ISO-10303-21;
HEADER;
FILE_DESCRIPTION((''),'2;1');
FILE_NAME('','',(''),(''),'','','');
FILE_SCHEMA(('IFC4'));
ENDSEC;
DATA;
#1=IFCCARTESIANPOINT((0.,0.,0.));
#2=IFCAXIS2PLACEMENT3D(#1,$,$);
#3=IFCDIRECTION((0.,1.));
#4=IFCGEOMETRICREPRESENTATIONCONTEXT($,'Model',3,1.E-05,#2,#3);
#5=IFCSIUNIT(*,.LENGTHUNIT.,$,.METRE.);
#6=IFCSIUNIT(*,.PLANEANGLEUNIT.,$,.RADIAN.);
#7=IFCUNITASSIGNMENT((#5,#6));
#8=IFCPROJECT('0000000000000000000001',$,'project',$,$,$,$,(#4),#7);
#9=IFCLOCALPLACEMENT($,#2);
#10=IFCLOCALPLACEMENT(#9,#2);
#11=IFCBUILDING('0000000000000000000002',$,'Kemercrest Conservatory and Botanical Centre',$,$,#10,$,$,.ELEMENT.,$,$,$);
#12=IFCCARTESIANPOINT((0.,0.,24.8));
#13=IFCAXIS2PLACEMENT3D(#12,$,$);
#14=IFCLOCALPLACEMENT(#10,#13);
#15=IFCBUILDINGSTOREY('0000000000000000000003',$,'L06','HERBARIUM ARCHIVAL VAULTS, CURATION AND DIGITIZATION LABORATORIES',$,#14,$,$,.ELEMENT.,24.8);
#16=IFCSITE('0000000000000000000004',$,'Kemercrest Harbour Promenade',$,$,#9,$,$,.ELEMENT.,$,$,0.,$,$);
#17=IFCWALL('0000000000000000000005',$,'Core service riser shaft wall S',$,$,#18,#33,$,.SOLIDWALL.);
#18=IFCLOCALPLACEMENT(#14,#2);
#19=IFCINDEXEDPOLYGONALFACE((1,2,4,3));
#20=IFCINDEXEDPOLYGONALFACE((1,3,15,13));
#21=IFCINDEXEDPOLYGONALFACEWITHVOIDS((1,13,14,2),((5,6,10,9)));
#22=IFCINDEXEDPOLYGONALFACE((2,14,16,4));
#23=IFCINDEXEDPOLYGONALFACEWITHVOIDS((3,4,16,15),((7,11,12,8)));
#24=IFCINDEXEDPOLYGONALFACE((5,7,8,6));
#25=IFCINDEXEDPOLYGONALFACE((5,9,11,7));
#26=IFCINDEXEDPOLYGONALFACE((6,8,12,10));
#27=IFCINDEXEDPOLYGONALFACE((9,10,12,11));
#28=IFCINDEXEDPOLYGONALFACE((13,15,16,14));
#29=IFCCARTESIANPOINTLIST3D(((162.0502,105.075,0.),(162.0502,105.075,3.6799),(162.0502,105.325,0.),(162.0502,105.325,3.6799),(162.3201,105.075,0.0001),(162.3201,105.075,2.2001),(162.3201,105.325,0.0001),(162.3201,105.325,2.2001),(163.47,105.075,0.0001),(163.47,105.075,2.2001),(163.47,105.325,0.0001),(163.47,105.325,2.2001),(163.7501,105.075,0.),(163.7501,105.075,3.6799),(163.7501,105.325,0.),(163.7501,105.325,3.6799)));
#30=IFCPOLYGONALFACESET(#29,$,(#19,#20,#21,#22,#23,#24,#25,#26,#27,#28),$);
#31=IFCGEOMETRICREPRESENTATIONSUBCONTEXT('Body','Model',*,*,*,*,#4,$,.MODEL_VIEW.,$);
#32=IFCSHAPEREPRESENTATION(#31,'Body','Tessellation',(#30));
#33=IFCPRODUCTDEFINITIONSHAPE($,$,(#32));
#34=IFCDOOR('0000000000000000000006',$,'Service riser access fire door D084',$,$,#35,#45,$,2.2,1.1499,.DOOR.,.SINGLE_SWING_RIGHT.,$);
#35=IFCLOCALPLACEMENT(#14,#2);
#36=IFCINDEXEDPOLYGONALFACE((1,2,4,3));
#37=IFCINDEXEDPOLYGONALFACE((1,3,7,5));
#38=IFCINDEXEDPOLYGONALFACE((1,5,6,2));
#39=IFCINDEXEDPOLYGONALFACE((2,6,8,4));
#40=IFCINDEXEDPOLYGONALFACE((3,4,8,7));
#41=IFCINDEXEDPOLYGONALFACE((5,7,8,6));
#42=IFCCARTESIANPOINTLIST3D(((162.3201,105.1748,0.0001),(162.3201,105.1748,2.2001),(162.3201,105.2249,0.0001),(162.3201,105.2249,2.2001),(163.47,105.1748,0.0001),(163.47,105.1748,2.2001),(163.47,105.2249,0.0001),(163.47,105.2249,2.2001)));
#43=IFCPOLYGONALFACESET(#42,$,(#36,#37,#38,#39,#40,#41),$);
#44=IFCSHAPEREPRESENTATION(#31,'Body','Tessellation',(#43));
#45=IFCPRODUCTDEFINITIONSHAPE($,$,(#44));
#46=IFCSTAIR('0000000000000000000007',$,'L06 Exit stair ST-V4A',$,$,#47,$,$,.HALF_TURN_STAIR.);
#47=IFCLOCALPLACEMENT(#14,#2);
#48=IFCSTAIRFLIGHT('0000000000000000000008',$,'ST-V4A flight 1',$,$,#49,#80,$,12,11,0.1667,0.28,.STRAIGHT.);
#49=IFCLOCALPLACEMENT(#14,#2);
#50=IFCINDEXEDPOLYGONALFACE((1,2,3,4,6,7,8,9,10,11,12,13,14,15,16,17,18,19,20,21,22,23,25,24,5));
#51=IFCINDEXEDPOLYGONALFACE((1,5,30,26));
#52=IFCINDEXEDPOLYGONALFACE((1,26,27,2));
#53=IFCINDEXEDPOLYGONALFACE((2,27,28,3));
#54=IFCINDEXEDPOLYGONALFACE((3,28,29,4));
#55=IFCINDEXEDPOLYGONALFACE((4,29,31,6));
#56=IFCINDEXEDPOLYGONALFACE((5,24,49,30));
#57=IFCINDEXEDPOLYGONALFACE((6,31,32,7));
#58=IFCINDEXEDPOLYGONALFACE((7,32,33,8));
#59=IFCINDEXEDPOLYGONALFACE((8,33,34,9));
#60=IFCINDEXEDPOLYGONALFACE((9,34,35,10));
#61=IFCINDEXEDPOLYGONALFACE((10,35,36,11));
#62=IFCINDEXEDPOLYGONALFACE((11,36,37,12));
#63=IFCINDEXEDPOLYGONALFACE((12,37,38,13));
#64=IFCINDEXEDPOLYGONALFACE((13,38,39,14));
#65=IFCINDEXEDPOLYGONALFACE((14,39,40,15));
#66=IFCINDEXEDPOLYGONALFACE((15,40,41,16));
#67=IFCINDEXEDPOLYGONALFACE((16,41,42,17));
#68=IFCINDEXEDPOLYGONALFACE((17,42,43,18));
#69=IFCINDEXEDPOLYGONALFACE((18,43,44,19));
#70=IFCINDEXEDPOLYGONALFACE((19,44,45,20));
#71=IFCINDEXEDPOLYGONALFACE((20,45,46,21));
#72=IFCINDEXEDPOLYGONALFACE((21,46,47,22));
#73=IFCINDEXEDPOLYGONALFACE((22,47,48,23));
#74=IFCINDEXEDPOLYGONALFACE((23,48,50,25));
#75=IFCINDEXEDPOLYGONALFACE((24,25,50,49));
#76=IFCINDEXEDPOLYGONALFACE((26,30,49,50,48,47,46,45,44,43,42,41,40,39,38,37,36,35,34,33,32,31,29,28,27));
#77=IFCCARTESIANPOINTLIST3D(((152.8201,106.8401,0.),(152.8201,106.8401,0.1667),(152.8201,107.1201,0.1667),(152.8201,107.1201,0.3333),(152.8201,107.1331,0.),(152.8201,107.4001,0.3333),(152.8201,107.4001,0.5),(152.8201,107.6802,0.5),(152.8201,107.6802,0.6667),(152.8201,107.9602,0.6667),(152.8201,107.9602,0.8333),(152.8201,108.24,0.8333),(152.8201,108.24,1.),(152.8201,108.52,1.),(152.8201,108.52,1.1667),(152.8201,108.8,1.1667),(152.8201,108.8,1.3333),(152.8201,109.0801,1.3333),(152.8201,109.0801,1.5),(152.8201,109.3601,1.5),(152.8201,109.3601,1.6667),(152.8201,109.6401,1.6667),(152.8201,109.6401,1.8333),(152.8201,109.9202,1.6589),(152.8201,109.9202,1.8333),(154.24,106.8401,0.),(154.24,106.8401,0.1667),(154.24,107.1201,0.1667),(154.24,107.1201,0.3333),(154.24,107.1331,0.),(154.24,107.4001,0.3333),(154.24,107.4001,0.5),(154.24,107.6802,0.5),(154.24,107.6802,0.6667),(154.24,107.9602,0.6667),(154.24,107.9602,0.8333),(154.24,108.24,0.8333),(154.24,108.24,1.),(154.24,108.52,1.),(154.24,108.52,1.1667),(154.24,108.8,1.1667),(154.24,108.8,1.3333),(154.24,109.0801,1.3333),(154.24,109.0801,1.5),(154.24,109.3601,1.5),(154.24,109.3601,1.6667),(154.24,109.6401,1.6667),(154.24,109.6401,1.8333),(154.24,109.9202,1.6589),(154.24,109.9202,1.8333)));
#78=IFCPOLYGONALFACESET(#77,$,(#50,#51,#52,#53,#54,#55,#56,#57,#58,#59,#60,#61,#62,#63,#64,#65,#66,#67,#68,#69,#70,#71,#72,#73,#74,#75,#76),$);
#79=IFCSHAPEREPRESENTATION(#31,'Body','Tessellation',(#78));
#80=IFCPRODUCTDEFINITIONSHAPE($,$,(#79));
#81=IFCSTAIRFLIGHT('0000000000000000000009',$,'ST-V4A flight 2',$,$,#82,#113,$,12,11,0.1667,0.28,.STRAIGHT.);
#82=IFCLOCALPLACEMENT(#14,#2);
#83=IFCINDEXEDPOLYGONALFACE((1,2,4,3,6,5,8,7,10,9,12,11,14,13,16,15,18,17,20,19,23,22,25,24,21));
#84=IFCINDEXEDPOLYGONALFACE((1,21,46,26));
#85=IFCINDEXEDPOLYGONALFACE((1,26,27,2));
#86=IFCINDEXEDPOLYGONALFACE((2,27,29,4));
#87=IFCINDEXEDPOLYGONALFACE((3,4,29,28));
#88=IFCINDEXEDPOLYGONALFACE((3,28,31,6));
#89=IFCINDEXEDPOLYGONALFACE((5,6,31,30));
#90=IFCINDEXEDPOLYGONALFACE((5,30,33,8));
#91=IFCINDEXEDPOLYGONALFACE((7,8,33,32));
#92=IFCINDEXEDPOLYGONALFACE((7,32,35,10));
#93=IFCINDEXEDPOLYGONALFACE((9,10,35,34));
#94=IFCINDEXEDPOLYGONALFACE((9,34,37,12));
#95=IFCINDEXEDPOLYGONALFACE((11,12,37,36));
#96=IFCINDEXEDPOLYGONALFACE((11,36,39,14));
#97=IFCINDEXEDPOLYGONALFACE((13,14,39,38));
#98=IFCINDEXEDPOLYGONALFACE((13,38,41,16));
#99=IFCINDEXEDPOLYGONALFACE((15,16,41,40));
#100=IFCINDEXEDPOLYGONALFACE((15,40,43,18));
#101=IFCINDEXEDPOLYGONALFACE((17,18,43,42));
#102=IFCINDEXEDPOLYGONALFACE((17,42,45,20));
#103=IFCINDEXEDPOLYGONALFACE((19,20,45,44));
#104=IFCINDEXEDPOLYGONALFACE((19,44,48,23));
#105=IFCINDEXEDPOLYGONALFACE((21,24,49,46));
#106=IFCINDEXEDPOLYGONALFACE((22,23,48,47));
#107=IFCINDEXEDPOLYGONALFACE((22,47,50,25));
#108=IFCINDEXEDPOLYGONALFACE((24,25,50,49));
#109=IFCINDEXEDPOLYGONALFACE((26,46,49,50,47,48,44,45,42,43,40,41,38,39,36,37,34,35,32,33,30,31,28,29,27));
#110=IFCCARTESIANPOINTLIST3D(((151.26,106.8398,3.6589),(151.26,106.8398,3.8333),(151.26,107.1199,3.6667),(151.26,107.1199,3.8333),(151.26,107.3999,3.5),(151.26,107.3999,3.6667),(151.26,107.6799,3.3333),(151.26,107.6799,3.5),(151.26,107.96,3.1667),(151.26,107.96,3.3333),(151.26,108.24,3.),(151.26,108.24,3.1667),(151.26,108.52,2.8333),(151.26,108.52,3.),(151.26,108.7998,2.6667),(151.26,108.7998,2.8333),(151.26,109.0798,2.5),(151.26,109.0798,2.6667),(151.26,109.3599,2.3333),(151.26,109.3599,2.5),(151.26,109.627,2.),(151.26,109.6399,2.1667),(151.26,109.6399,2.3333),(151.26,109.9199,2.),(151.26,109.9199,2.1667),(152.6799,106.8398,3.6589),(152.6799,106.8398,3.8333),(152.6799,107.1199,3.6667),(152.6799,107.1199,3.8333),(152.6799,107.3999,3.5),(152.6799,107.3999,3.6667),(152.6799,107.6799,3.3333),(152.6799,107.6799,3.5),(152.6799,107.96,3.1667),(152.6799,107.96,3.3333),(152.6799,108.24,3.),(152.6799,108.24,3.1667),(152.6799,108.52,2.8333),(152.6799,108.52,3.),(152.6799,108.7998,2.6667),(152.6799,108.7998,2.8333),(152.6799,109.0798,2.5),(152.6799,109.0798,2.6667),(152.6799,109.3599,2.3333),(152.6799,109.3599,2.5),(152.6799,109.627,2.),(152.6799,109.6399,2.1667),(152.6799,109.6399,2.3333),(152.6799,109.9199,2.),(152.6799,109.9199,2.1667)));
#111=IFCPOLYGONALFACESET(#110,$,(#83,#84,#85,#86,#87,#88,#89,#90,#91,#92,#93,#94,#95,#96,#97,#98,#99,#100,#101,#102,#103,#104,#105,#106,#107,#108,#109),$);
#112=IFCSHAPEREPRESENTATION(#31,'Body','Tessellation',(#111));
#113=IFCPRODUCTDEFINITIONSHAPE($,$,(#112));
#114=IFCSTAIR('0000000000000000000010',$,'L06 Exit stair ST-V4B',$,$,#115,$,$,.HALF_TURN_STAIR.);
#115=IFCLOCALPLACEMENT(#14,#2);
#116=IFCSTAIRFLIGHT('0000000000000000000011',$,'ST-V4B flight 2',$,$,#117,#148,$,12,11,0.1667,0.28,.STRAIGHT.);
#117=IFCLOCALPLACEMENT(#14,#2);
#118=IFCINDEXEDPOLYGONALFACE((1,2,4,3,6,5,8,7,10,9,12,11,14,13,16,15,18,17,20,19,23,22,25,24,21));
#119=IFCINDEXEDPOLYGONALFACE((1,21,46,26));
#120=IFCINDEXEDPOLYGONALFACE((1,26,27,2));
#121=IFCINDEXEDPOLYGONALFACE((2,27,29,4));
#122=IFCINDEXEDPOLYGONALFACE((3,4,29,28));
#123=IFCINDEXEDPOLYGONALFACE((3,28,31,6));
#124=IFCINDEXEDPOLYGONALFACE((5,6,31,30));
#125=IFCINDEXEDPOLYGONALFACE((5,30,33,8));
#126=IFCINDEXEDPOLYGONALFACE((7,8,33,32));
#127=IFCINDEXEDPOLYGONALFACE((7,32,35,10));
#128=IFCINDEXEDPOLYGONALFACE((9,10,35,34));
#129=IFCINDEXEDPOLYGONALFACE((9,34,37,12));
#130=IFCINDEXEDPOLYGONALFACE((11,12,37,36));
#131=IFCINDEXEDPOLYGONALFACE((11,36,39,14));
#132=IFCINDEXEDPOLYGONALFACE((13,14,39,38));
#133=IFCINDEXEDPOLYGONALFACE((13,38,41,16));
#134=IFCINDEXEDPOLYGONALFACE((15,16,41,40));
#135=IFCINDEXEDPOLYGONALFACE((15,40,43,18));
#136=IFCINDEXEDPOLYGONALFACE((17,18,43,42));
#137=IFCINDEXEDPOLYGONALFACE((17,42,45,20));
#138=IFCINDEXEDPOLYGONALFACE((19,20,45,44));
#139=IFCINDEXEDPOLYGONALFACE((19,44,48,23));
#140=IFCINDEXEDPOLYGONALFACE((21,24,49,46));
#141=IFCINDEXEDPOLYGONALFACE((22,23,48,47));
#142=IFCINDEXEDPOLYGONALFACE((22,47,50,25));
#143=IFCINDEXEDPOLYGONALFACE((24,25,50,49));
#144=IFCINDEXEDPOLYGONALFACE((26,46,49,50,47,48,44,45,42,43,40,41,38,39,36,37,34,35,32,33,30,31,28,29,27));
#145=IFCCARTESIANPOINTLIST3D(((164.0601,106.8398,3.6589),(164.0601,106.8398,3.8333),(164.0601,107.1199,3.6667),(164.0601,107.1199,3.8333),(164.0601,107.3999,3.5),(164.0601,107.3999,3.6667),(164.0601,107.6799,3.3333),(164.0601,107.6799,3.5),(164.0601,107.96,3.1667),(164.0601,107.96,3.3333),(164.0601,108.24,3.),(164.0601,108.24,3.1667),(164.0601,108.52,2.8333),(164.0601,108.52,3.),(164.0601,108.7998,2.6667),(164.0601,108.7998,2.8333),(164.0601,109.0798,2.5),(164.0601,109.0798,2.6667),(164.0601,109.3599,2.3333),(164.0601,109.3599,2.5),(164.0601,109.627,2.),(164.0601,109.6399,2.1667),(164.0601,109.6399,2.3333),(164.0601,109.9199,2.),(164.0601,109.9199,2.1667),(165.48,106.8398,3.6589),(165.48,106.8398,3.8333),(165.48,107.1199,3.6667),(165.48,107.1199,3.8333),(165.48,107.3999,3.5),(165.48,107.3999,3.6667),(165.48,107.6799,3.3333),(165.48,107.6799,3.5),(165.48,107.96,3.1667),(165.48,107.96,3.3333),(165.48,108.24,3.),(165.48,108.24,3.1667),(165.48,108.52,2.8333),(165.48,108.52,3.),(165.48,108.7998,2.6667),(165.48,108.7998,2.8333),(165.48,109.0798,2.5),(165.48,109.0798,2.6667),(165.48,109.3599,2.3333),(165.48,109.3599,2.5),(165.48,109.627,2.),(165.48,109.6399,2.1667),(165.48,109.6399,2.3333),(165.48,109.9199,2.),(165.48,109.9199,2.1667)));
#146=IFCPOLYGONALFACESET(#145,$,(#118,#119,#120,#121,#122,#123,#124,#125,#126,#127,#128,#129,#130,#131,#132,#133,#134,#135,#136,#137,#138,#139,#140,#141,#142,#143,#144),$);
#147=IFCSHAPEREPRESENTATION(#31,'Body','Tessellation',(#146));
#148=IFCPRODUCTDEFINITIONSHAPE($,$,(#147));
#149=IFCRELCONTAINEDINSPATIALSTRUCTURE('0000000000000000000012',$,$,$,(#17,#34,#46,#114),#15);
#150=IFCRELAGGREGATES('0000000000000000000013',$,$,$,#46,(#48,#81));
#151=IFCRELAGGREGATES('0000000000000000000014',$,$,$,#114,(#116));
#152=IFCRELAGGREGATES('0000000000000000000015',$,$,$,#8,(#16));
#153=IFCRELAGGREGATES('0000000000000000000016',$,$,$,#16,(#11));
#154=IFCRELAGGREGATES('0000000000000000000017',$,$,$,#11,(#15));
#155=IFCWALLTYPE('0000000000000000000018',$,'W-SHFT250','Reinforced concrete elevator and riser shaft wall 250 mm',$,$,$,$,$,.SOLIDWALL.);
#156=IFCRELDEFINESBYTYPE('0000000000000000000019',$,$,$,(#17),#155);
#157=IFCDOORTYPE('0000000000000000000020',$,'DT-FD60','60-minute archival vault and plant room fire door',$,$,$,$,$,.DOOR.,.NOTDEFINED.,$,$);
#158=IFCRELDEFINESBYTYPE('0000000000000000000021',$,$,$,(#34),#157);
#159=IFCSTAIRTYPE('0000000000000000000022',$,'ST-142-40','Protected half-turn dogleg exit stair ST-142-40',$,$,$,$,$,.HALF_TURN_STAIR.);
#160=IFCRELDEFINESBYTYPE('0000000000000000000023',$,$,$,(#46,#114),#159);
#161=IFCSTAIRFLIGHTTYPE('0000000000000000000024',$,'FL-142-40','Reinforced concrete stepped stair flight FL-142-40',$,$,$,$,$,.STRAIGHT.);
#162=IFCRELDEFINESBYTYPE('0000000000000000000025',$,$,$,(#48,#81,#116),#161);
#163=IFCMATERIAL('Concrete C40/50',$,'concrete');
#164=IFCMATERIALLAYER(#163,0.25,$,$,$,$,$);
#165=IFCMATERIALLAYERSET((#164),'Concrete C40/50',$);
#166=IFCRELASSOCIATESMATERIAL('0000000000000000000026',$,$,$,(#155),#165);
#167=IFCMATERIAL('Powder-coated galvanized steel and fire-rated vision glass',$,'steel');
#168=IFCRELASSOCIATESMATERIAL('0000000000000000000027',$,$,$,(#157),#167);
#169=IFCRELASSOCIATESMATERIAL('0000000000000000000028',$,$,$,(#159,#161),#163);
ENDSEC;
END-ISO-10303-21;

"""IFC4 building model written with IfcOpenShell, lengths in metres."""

from ifc_helpers import new_model, si_unit, direction, frame, frame_2d, origin, place, context, subcontext, project, spatial, polyline, rectangle, outline, extrude, material, layer, layer_set, type_object, element, fill, aggregate, save


model = new_model("IFC4")

# Units and contexts
model_context = context("Model", 3, precision=1e-05, world=origin(), true_north=direction((0.0, 1.0)))
body_context = subcontext(model_context, "Body", "Model", "MODEL_VIEW")
ifc_project = project(units=[si_unit("LENGTHUNIT", "METRE"), si_unit("PLANEANGLEUNIT", "RADIAN")], contexts=[model_context])

# Site, building, storey
site_placement = place(None, origin())
site = spatial("IfcSite", under=ifc_project, at=site_placement, Name="Kemercrest Harbour Promenade", CompositionType="ELEMENT", RefElevation=0.0)
building_placement = place(site_placement, origin())
building = spatial("IfcBuilding", under=site, at=building_placement, Name="Kemercrest Conservatory and Botanical Centre", CompositionType="ELEMENT")
storey_placement = place(building_placement, frame((0.0, 0.0, 24.8)))
storey = spatial("IfcBuildingStorey", under=building, at=storey_placement, Name="L06", Description="HERBARIUM ARCHIVAL VAULTS, CURATION AND DIGITIZATION LABORATORIES", CompositionType="ELEMENT", Elevation=24.8)

# Shared definitions
ifc_material_1 = material(Name="Powder-coated galvanized steel and fire-rated vision glass", Category="steel")

# Shared definitions
ifc_material_2 = material(Name="Concrete C40/50", Category="concrete")
ifc_layer_1 = layer(ifc_material_2, 0.25)
ifc_layer_set_1 = layer_set([ifc_layer_1], Name="Concrete C40/50")
wall_type_1 = type_object("IfcWallType", Name="W-SHFT250", Description="Reinforced concrete elevator and riser shaft wall 250 mm", PredefinedType="SOLIDWALL", material=ifc_layer_set_1)

# Wall, opening, door
wall_1_placement = place(storey_placement, frame((162.05, 105.2, 0.0), z_axis=(0.0, 0.0, 1.0), x_axis=(1.0, 0.0, 0.0)))
wall_1 = element("IfcWall", 1, at=wall_1_placement, inside=storey, type_object=wall_type_1, Name="Core service riser shaft wall S", PredefinedType="SOLIDWALL", context=body_context, shape_type="SweptSolid", body=[
    extrude(rectangle(XDim=1.7, YDim=0.25, at=frame_2d((0.8501, 0.0))), origin(), (0.0, 0.0, 1.0), 3.6799),
])
opening_1_placement = place(wall_1_placement, frame((0.27, 0.0, 0.0)))
opening_1 = element("IfcOpeningElement", 2, at=opening_1_placement, cuts=wall_1, PredefinedType="OPENING", context=body_context, shape_type="SweptSolid", body=[
    extrude(rectangle(XDim=1.1499, YDim=2.2, at=frame_2d((0.575, 1.1001))), frame((0.0, 0.135, 0.0), z_axis=(0.0, -1.0, 0.0), x_axis=(1.0, 0.0, 0.0)), (0.0, 0.0, 1.0), 0.27),
])
door_type_1 = type_object("IfcDoorType", Name="DT-FD60", Description="60-minute archival vault and plant room fire door", OperationType="NOTDEFINED", PredefinedType="DOOR", material=ifc_material_1)
door_1_placement = place(opening_1_placement, origin())
door_1 = element("IfcDoor", 3, at=door_1_placement, inside=storey, type_object=door_type_1, Name="Service riser access fire door D084", OperationType="SINGLE_SWING_RIGHT", OverallHeight=2.2, OverallWidth=1.1499, PredefinedType="DOOR", context=body_context, shape_type="SweptSolid", body=[
    extrude(rectangle(XDim=1.1499, YDim=2.2, at=frame_2d((0.575, 1.1001))), frame((0.0, 0.0249, 0.0), z_axis=(0.0, -1.0, 0.0), x_axis=(1.0, 0.0, 0.0)), (0.0, 0.0, 1.0), 0.05),
])
fill(opening_1, door_1)

# Stair, stair flights
stair_type = type_object("IfcStairType", Name="ST-142-40", Description="Protected half-turn dogleg exit stair ST-142-40", PredefinedType="HALF_TURN_STAIR", material=ifc_material_2)
stair_1_placement = place(storey_placement, origin())
stair_1 = element("IfcStair", 4, at=stair_1_placement, inside=storey, type_object=stair_type, Name="L06 Exit stair ST-V4A", PredefinedType="HALF_TURN_STAIR")
stair_flight_type = type_object("IfcStairFlightType", Name="FL-142-40", Description="Reinforced concrete stepped stair flight FL-142-40", PredefinedType="STRAIGHT", material=ifc_material_2)
stair_flight_1_placement = place(storey_placement, frame((153.53, 106.8401, 0.0), z_axis=(0.0, 0.0, 1.0), x_axis=(0.0, 1.0, 0.0)))
stair_flight_1 = element("IfcStairFlight", 5, at=stair_flight_1_placement, type_object=stair_flight_type, Name="ST-V4A flight 1", NumberOfRisers=12, NumberOfTreads=11, PredefinedType="STRAIGHT", RiserHeight=0.1667, TreadLength=0.28, context=body_context, shape_type="SweptSolid", body=[
    extrude(outline(polyline([(0.0, 0.0), (0.0, 0.1667), (0.28, 0.1667), (0.28, 0.3333), (0.5601, 0.3333), (0.5601, 0.5), (0.8401, 0.5), (0.8401, 0.6667), (1.1201, 0.6667), (1.1201, 0.8333), (1.3999, 0.8333), (1.3999, 1.0), (1.6799, 1.0), (1.6799, 1.1667), (1.96, 1.1667), (1.96, 1.3333), (2.24, 1.3333), (2.24, 1.5), (2.52, 1.5), (2.52, 1.6667), (2.8, 1.6667), (2.8, 1.8333), (3.0801, 1.8333), (3.0801, 2.0), (3.0801, 1.6589), (0.293, 0.0), (0.0, 0.0)])), frame((0.0, 0.71, 0.0), z_axis=(0.0, -1.0, 0.0), x_axis=(1.0, 0.0, 0.0)), (0.0, 0.0, 1.0), 1.4199),
])
stair_flight_2_placement = place(storey_placement, frame((151.97, 109.9199, 2.0), z_axis=(0.0, 0.0, 1.0), x_axis=(0.0, -1.0, 0.0)))
stair_flight_2 = element("IfcStairFlight", 6, at=stair_flight_2_placement, type_object=stair_flight_type, Name="ST-V4A flight 2", NumberOfRisers=12, NumberOfTreads=11, PredefinedType="STRAIGHT", RiserHeight=0.1667, TreadLength=0.28, context=body_context, shape_type="SweptSolid", body=[
    extrude(outline(polyline([(0.0, 0.0), (0.0, 0.1667), (0.28, 0.1667), (0.28, 0.3333), (0.5601, 0.3333), (0.5601, 0.5), (0.8401, 0.5), (0.8401, 0.6667), (1.1201, 0.6667), (1.1201, 0.8333), (1.3999, 0.8333), (1.3999, 1.0), (1.6799, 1.0), (1.6799, 1.1667), (1.96, 1.1667), (1.96, 1.3333), (2.24, 1.3333), (2.24, 1.5), (2.52, 1.5), (2.52, 1.6667), (2.8, 1.6667), (2.8, 1.8333), (3.0801, 1.8333), (3.0801, 2.0), (3.0801, 1.6589), (0.293, 0.0), (0.0, 0.0)])), frame((0.0, 0.71, 0.0), z_axis=(0.0, -1.0, 0.0), x_axis=(1.0, 0.0, 0.0)), (0.0, 0.0, 1.0), 1.4199),
])
aggregate(stair_1, [stair_flight_1, stair_flight_2])

# Stair, stair flight
stair_2_placement = place(storey_placement, origin())
stair_2 = element("IfcStair", 7, at=stair_2_placement, inside=storey, type_object=stair_type, Name="L06 Exit stair ST-V4B", PredefinedType="HALF_TURN_STAIR")
stair_flight_3_placement = place(storey_placement, frame((164.77, 109.9199, 2.0), z_axis=(0.0, 0.0, 1.0), x_axis=(0.0, -1.0, 0.0)))
stair_flight_3 = element("IfcStairFlight", 8, at=stair_flight_3_placement, type_object=stair_flight_type, Name="ST-V4B flight 2", NumberOfRisers=12, NumberOfTreads=11, PredefinedType="STRAIGHT", RiserHeight=0.1667, TreadLength=0.28, context=body_context, shape_type="SweptSolid", body=[
    extrude(outline(polyline([(0.0, 0.0), (0.0, 0.1667), (0.28, 0.1667), (0.28, 0.3333), (0.5601, 0.3333), (0.5601, 0.5), (0.8401, 0.5), (0.8401, 0.6667), (1.1201, 0.6667), (1.1201, 0.8333), (1.3999, 0.8333), (1.3999, 1.0), (1.6799, 1.0), (1.6799, 1.1667), (1.96, 1.1667), (1.96, 1.3333), (2.24, 1.3333), (2.24, 1.5), (2.52, 1.5), (2.52, 1.6667), (2.8, 1.6667), (2.8, 1.8333), (3.0801, 1.8333), (3.0801, 2.0), (3.0801, 1.6589), (0.293, 0.0), (0.0, 0.0)])), frame((0.0, 0.71, 0.0), z_axis=(0.0, -1.0, 0.0), x_axis=(1.0, 0.0, 0.0)), (0.0, 0.0, 1.0), 1.4199),
])
aggregate(stair_2, [stair_flight_3])

save(model, "model.ifc")
